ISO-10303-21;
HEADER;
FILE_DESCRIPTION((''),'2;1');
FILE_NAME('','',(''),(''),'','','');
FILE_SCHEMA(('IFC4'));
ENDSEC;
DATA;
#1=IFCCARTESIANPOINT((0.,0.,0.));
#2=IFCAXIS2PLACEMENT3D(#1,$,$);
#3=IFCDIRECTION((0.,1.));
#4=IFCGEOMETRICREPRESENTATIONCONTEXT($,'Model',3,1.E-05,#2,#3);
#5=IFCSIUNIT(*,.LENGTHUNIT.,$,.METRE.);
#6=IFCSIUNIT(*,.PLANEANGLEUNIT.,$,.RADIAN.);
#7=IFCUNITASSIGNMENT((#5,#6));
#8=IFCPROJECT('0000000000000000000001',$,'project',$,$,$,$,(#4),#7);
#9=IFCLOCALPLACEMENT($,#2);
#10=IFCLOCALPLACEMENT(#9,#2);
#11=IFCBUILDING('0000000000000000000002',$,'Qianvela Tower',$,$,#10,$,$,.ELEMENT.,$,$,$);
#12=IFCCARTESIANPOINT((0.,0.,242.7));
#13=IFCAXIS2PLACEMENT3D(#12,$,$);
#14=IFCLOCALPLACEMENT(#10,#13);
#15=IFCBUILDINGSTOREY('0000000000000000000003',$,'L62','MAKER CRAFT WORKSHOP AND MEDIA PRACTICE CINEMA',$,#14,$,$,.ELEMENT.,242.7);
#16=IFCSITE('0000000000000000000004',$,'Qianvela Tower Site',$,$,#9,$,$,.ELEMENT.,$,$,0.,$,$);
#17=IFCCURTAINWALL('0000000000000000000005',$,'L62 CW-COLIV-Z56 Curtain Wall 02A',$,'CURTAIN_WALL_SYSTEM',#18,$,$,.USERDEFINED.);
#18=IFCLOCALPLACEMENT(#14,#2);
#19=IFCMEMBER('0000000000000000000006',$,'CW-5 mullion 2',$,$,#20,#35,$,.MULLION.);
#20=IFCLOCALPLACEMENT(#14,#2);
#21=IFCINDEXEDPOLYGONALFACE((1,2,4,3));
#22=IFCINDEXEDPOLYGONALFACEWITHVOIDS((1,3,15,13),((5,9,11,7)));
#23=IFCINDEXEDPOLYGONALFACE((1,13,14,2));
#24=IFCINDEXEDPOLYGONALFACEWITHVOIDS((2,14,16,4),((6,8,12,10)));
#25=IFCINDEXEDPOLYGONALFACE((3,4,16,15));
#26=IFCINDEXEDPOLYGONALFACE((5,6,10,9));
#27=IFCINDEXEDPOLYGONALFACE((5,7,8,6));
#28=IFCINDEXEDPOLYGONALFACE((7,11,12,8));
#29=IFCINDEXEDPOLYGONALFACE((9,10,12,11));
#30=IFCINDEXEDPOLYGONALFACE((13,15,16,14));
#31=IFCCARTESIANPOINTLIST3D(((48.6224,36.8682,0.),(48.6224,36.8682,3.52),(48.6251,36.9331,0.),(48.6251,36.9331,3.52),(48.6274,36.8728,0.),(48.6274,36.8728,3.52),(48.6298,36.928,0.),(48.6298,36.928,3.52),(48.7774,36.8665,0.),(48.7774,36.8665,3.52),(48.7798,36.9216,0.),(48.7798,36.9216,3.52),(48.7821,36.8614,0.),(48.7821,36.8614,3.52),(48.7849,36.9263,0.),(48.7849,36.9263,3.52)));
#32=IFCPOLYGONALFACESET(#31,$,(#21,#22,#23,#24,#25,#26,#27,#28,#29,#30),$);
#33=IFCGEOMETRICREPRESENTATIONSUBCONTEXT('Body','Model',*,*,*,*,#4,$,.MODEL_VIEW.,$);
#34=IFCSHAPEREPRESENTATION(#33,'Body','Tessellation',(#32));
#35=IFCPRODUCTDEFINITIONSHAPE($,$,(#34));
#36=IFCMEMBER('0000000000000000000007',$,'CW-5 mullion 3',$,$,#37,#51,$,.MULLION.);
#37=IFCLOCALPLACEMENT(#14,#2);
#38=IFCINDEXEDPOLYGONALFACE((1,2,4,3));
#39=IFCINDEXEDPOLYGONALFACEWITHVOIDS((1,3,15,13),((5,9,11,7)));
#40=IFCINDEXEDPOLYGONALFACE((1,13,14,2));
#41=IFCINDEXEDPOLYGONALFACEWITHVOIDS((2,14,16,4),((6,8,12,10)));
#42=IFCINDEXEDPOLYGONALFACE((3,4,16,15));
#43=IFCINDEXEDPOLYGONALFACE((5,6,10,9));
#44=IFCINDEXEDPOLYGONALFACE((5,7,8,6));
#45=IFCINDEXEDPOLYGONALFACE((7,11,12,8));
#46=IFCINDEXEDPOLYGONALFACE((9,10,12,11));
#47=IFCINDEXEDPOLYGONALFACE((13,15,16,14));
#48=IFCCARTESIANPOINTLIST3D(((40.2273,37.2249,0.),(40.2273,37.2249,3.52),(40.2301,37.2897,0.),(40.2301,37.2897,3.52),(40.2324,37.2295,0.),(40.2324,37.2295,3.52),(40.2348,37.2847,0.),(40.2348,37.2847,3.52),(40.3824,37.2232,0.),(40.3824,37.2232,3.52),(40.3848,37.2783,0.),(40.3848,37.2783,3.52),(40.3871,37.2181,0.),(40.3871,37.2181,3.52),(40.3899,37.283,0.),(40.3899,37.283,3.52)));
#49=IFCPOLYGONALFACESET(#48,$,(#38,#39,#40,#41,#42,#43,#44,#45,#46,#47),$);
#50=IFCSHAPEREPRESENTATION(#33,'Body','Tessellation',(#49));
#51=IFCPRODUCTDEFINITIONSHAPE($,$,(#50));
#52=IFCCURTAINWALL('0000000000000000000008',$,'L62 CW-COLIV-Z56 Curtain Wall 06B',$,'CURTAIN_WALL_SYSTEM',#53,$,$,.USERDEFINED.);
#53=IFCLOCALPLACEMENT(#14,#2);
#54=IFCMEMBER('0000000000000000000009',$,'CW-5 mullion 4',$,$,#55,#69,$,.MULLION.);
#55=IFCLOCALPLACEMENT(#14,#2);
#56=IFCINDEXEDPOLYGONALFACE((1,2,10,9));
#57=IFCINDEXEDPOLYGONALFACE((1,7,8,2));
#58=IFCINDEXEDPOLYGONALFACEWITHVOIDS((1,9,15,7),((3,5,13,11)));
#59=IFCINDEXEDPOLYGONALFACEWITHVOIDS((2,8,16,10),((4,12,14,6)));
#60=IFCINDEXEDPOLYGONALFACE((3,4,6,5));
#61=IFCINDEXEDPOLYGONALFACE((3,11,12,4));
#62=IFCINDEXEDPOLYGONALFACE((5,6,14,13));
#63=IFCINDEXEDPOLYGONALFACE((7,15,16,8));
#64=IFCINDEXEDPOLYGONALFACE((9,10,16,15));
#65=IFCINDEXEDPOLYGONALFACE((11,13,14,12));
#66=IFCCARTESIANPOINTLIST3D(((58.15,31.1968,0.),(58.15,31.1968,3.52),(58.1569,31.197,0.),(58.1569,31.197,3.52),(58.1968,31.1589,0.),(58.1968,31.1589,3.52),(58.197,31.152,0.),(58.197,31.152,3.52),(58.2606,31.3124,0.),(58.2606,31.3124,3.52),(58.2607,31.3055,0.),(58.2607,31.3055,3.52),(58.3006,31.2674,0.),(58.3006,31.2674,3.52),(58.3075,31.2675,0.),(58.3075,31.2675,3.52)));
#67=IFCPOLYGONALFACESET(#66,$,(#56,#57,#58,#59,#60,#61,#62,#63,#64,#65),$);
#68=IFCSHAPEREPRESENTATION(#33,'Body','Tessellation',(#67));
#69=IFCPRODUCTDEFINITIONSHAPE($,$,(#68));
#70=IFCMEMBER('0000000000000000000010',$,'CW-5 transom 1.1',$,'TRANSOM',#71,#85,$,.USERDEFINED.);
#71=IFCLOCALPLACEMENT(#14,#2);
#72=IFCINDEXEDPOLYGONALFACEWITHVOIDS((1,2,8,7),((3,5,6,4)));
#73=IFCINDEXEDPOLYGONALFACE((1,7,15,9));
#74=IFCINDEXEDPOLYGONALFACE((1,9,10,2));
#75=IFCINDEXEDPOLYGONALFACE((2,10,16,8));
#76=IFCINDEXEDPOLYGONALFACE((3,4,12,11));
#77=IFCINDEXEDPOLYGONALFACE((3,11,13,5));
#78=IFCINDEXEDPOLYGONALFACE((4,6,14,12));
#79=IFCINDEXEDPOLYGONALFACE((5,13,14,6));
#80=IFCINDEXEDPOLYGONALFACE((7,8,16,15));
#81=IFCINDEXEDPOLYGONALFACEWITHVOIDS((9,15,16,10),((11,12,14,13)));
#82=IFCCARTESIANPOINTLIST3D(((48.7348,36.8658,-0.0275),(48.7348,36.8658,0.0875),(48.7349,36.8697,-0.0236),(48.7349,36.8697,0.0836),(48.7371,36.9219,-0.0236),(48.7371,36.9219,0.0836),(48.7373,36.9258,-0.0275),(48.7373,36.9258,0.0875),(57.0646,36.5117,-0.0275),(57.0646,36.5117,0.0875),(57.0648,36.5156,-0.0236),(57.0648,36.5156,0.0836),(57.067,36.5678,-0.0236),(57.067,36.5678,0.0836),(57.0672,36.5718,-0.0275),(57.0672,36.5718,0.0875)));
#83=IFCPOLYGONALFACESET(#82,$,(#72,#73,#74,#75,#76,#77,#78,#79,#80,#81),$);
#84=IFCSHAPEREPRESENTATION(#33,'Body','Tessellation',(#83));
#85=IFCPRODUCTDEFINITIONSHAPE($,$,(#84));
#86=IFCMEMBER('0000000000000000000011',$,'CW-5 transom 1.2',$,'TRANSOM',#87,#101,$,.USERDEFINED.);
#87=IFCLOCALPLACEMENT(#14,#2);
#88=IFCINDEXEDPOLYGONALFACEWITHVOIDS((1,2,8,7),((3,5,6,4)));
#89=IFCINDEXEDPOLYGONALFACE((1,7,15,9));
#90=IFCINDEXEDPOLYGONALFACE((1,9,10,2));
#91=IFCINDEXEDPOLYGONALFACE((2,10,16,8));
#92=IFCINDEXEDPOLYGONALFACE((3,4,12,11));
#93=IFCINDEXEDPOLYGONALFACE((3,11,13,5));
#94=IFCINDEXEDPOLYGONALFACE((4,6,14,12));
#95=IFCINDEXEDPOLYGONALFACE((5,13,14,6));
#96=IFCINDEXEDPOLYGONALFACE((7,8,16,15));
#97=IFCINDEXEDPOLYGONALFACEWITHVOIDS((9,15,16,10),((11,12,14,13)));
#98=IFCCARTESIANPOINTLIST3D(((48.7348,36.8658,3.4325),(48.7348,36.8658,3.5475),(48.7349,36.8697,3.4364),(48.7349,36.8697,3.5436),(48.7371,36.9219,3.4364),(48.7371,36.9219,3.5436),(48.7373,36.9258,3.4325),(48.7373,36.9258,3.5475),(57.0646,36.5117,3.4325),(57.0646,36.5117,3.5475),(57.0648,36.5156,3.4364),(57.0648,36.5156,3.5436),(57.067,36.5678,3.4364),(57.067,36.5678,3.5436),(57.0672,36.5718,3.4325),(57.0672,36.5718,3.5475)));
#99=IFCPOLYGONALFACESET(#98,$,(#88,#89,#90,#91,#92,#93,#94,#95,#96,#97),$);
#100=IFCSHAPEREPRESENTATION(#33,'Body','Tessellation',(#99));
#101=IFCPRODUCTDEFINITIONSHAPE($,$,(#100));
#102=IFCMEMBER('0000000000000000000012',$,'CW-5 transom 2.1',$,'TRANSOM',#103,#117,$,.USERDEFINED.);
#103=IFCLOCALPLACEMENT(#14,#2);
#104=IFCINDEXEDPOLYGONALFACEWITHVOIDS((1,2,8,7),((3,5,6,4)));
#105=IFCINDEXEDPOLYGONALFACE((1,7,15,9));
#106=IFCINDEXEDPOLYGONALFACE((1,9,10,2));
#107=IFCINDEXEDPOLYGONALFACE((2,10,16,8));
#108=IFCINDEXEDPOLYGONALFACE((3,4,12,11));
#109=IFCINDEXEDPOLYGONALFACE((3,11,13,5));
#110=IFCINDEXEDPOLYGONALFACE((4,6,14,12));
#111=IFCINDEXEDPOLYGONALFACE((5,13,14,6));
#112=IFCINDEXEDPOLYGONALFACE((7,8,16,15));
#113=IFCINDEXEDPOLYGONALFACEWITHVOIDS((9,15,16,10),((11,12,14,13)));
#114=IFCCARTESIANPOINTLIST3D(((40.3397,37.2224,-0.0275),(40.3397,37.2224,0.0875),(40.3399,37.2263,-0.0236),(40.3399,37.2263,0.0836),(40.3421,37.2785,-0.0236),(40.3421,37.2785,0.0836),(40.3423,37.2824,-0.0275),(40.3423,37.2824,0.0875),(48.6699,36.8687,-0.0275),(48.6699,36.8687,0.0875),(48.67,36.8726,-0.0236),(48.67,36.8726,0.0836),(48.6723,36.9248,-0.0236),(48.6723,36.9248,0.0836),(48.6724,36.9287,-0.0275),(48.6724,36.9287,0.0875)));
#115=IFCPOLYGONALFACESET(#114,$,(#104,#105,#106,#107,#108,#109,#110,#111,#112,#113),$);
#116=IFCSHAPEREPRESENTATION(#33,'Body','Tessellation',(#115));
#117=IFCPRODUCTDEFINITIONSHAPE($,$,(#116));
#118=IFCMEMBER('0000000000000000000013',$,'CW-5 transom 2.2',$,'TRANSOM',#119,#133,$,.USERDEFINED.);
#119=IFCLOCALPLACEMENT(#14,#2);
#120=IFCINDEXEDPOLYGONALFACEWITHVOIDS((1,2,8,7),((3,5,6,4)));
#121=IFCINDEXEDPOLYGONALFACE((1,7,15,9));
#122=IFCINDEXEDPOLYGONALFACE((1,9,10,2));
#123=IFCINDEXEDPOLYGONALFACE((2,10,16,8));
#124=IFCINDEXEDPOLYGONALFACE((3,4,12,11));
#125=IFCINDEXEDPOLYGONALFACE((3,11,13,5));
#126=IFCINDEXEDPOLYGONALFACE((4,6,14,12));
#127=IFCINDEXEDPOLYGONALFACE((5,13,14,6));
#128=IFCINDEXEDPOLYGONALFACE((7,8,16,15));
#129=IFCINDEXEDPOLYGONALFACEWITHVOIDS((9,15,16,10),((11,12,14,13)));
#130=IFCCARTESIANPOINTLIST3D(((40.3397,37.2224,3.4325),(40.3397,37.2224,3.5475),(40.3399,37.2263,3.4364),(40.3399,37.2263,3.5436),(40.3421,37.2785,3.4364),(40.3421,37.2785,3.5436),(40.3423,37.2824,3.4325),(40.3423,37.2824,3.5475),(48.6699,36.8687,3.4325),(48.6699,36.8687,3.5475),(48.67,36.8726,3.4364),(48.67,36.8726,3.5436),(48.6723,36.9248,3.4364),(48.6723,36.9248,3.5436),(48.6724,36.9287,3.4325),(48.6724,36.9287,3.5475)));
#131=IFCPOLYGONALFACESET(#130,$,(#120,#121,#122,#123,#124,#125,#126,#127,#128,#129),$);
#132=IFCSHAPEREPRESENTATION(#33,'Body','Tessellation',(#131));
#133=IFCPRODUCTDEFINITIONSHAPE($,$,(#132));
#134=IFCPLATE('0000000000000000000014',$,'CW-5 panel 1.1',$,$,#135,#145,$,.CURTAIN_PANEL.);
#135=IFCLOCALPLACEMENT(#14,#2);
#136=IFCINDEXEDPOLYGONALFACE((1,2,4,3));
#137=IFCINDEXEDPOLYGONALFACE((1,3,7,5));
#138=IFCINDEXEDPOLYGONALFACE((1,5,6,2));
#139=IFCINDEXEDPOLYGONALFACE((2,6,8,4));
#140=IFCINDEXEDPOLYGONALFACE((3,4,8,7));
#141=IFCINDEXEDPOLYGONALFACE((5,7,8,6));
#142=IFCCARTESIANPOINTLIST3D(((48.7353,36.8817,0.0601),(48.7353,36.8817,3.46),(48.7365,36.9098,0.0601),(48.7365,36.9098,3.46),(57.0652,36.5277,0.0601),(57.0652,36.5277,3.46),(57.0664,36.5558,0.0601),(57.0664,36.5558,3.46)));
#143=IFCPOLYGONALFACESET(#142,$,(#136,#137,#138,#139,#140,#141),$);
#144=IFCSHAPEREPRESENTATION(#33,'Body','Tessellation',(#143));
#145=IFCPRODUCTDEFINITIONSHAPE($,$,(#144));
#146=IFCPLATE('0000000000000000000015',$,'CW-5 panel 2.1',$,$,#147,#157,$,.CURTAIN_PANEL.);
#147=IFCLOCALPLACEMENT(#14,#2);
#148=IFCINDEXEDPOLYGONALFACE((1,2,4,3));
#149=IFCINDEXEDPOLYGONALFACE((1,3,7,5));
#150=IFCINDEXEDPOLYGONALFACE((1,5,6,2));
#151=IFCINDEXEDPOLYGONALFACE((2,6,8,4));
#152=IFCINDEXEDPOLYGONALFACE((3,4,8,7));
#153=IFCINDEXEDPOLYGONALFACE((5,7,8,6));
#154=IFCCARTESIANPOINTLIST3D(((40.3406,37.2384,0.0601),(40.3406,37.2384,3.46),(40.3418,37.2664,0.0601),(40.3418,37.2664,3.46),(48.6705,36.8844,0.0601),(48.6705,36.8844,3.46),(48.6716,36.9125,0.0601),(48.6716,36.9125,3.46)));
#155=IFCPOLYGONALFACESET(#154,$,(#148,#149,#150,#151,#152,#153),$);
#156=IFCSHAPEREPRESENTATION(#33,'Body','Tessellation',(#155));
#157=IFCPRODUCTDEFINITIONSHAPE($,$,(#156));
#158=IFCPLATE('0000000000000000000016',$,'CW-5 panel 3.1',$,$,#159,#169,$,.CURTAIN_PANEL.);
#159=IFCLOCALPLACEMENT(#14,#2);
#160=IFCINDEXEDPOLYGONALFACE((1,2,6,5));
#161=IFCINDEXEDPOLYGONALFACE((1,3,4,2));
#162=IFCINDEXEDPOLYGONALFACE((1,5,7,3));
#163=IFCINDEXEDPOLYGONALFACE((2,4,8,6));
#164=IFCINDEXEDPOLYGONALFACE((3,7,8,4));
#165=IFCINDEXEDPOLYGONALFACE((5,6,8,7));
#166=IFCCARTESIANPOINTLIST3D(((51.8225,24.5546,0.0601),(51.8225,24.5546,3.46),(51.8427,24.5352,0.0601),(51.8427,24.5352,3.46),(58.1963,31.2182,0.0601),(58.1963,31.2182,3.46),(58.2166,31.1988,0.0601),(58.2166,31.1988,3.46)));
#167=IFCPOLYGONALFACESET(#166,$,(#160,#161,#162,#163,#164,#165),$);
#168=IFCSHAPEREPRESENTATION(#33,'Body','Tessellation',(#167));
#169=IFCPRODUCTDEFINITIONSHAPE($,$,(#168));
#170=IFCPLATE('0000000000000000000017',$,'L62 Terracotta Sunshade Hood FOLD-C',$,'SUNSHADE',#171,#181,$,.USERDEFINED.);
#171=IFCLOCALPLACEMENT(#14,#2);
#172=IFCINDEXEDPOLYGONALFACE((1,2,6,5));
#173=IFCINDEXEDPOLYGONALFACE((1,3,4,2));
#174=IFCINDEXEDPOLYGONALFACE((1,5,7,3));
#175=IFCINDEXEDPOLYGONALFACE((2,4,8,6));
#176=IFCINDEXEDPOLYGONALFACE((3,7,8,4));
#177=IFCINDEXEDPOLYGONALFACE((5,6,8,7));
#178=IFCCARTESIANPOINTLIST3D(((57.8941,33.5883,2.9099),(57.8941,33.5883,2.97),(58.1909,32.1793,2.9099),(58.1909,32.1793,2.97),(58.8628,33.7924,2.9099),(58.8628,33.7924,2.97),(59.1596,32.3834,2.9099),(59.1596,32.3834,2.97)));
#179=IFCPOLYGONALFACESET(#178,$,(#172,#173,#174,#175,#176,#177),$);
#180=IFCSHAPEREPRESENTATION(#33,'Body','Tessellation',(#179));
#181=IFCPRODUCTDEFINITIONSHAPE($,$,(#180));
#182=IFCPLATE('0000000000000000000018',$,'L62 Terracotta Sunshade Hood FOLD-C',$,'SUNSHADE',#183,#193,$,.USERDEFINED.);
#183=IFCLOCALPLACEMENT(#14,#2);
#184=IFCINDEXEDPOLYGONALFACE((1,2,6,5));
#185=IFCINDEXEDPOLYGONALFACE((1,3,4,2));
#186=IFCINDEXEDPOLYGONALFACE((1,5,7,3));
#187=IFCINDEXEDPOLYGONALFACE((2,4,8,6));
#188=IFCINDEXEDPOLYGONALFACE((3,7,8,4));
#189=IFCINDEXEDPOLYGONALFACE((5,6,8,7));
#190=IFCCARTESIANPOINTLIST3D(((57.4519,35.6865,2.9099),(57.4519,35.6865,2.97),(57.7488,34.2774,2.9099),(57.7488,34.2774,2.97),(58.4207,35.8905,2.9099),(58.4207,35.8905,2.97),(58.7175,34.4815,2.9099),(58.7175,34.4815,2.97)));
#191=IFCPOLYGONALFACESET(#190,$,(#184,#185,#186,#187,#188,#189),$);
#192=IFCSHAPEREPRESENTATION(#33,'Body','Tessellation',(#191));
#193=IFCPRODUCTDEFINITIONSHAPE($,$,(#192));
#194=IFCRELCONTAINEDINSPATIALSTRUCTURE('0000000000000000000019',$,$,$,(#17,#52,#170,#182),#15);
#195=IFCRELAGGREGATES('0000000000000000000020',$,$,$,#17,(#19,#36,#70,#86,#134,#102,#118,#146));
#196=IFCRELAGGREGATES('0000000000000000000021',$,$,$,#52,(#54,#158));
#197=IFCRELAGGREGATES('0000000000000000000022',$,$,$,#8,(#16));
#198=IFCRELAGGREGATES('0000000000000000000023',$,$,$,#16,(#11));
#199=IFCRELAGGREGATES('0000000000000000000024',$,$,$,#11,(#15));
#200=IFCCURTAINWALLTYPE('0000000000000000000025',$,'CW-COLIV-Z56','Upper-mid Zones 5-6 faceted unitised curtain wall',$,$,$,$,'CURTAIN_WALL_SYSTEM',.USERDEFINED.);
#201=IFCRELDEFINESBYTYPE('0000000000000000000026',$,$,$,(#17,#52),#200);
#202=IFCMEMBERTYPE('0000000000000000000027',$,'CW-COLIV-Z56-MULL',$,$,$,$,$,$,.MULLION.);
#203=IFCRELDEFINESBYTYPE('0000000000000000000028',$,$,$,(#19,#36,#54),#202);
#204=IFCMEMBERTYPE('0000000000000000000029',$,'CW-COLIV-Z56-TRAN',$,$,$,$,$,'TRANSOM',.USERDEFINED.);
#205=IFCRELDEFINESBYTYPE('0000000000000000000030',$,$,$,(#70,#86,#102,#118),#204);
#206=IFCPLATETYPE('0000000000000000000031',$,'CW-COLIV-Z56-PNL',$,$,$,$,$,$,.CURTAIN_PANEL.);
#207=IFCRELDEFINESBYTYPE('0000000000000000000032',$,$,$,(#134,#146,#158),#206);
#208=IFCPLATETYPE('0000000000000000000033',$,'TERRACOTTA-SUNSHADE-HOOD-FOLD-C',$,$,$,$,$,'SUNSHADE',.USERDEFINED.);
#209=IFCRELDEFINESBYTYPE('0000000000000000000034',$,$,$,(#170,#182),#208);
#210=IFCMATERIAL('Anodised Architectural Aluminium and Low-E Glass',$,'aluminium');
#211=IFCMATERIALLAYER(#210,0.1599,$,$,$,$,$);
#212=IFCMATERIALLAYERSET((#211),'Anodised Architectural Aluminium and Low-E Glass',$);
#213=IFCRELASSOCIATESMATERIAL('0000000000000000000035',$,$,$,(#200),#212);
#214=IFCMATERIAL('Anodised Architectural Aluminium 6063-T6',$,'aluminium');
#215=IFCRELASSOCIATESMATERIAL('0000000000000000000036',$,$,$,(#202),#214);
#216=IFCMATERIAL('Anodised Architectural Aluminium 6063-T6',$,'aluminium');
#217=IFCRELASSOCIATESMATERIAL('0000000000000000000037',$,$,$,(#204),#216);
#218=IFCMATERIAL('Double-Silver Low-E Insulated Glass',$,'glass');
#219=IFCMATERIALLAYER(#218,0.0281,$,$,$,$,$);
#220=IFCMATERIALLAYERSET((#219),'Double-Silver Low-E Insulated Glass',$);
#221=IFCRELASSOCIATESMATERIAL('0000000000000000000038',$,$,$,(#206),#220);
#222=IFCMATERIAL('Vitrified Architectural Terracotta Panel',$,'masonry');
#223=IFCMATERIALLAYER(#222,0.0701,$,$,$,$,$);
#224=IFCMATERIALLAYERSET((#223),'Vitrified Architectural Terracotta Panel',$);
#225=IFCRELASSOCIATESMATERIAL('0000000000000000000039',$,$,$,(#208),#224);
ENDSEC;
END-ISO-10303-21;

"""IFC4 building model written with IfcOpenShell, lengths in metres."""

from ifc_helpers import new_model, si_unit, direction, frame, origin, origin_2d, place, context, subcontext, project, spatial, rectangle, hollow_rectangle, extrude, material, layer, layer_set, material_profile, profile_set, type_object, element, aggregate, save


model = new_model("IFC4")

# Units and contexts
model_context = context("Model", 3, precision=1e-05, world=origin(), true_north=direction((0.0, 1.0)))
body_context = subcontext(model_context, "Body", "Model", "MODEL_VIEW")
ifc_project = project(units=[si_unit("LENGTHUNIT", "METRE"), si_unit("PLANEANGLEUNIT", "RADIAN")], contexts=[model_context])

# Site, building, storey
site_placement = place(None, origin())
site = spatial("IfcSite", under=ifc_project, at=site_placement, Name="Qianvela Tower Site", CompositionType="ELEMENT", RefElevation=0.0)
building_placement = place(site_placement, origin())
building = spatial("IfcBuilding", under=site, at=building_placement, Name="Qianvela Tower", CompositionType="ELEMENT")
storey_placement = place(building_placement, frame((0.0, 0.0, 242.7)))
storey = spatial("IfcBuildingStorey", under=building, at=storey_placement, Name="L62", Description="MAKER CRAFT WORKSHOP AND MEDIA PRACTICE CINEMA", CompositionType="ELEMENT", Elevation=242.7)

# Curtain wall, members
ifc_material_1 = material(Name="Anodised Architectural Aluminium and Low-E Glass", Category="aluminium")
ifc_layer_1 = layer(ifc_material_1, 0.1599)
ifc_layer_set_1 = layer_set([ifc_layer_1], Name="Anodised Architectural Aluminium and Low-E Glass")
curtain_wall_type_1 = type_object("IfcCurtainWallType", Name="CW-COLIV-Z56", Description="Upper-mid Zones 5-6 faceted unitised curtain wall", ElementType="CURTAIN_WALL_SYSTEM", PredefinedType="USERDEFINED", material=ifc_layer_set_1)
curtain_wall_1_placement = place(storey_placement, origin())
curtain_wall_1 = element("IfcCurtainWall", 1, at=curtain_wall_1_placement, inside=storey, type_object=curtain_wall_type_1, Name="L62 CW-COLIV-Z56 Curtain Wall 02A", ObjectType="CURTAIN_WALL_SYSTEM", PredefinedType="USERDEFINED")
ifc_material_2 = material(Name="Anodised Architectural Aluminium 6063-T6", Category="aluminium")
ifc_material_profile_1 = material_profile(ifc_material_2, hollow_rectangle(XDim=0.0649, YDim=0.1599, WallThickness=0.0049, at=origin_2d()), Name="ALU-MULL-65x160")
ifc_profile_set_1 = profile_set([ifc_material_profile_1], Name="Anodised Architectural Aluminium 6063-T6")
member_type_1 = type_object("IfcMemberType", Name="CW-COLIV-Z56-MULL", PredefinedType="MULLION", material=ifc_profile_set_1)
member_1_placement = place(storey_placement, frame((48.7036, 36.8972, 0.0), z_axis=(0.0, 0.0, 1.0), x_axis=(-0.042454, -0.999098, 0.0)))
member_1 = element("IfcMember", 2, at=member_1_placement, type_object=member_type_1, Name="CW-5 mullion 2", PredefinedType="MULLION", context=body_context, shape_type="SweptSolid", body=[
    extrude(hollow_rectangle(XDim=0.0649, YDim=0.1599, WallThickness=0.0049, at=origin_2d()), origin(), (0.0, 0.0, 1.0), 3.52),
])
member_2_placement = place(storey_placement, frame((40.3086, 37.2539, 0.0), z_axis=(0.0, 0.0, 1.0), x_axis=(-0.042454, -0.999098, 0.0)))
member_2 = element("IfcMember", 3, at=member_2_placement, type_object=member_type_1, Name="CW-5 mullion 3", PredefinedType="MULLION", context=body_context, shape_type="SweptSolid", body=[
    extrude(hollow_rectangle(XDim=0.0649, YDim=0.1599, WallThickness=0.0049, at=origin_2d()), origin(), (0.0, 0.0, 1.0), 3.52),
])

# Curtain wall, member
curtain_wall_2_placement = place(storey_placement, origin())
curtain_wall_2 = element("IfcCurtainWall", 4, at=curtain_wall_2_placement, inside=storey, type_object=curtain_wall_type_1, Name="L62 CW-COLIV-Z56 Curtain Wall 06B", ObjectType="CURTAIN_WALL_SYSTEM", PredefinedType="USERDEFINED")
member_3_placement = place(storey_placement, frame((58.2288, 31.2322, 0.0), z_axis=(0.0, 0.0, 1.0), x_axis=(-0.722644, 0.69122, 0.0)))
member_3 = element("IfcMember", 5, at=member_3_placement, type_object=member_type_1, Name="CW-5 mullion 4", PredefinedType="MULLION", context=body_context, shape_type="SweptSolid", body=[
    extrude(hollow_rectangle(XDim=0.0649, YDim=0.1599, WallThickness=0.0049, at=origin_2d()), origin(), (0.0, 0.0, 1.0), 3.52),
])

# Members
ifc_material_3 = material(Name="Anodised Architectural Aluminium 6063-T6", Category="aluminium")
ifc_material_profile_2 = material_profile(ifc_material_3, hollow_rectangle(XDim=0.0601, YDim=0.115, WallThickness=0.0039, at=origin_2d()), Name="ALU-TRAN-60x115")
ifc_profile_set_2 = profile_set([ifc_material_profile_2], Name="Anodised Architectural Aluminium 6063-T6")
member_type_2 = type_object("IfcMemberType", Name="CW-COLIV-Z56-TRAN", ElementType="TRANSOM", PredefinedType="USERDEFINED", material=ifc_profile_set_2)
member_4_placement = place(storey_placement, frame((57.0659, 36.5417, 0.03), z_axis=(-0.999098, 0.04246, 0.0), x_axis=(-0.04246, -0.999098, 0.0)))
member_4 = element("IfcMember", 6, at=member_4_placement, type_object=member_type_2, Name="CW-5 transom 1.1", ObjectType="TRANSOM", PredefinedType="USERDEFINED", context=body_context, shape_type="SweptSolid", body=[
    extrude(hollow_rectangle(XDim=0.0601, YDim=0.115, WallThickness=0.0039, at=origin_2d()), origin(), (0.0, 0.0, 1.0), 8.3374),
])
member_5_placement = place(storey_placement, frame((57.0659, 36.5417, 3.49), z_axis=(-0.999098, 0.04246, 0.0), x_axis=(-0.04246, -0.999098, 0.0)))
member_5 = element("IfcMember", 7, at=member_5_placement, type_object=member_type_2, Name="CW-5 transom 1.2", ObjectType="TRANSOM", PredefinedType="USERDEFINED", context=body_context, shape_type="SweptSolid", body=[
    extrude(hollow_rectangle(XDim=0.0601, YDim=0.115, WallThickness=0.0039, at=origin_2d()), origin(), (0.0, 0.0, 1.0), 8.3374),
])
member_6_placement = place(storey_placement, frame((48.6711, 36.8987, 0.03), z_axis=(-0.999099, 0.04243, 0.0), x_axis=(-0.04243, -0.999099, 0.0)))
member_6 = element("IfcMember", 8, at=member_6_placement, type_object=member_type_2, Name="CW-5 transom 2.1", ObjectType="TRANSOM", PredefinedType="USERDEFINED", context=body_context, shape_type="SweptSolid", body=[
    extrude(hollow_rectangle(XDim=0.0601, YDim=0.115, WallThickness=0.0039, at=origin_2d()), origin(), (0.0, 0.0, 1.0), 8.3376),
])
member_7_placement = place(storey_placement, frame((48.6711, 36.8987, 3.49), z_axis=(-0.999099, 0.04243, 0.0), x_axis=(-0.04243, -0.999099, 0.0)))
member_7 = element("IfcMember", 9, at=member_7_placement, type_object=member_type_2, Name="CW-5 transom 2.2", ObjectType="TRANSOM", PredefinedType="USERDEFINED", context=body_context, shape_type="SweptSolid", body=[
    extrude(hollow_rectangle(XDim=0.0601, YDim=0.115, WallThickness=0.0039, at=origin_2d()), origin(), (0.0, 0.0, 1.0), 8.3376),
])

# Plates
ifc_material_4 = material(Name="Double-Silver Low-E Insulated Glass", Category="glass")
ifc_layer_2 = layer(ifc_material_4, 0.0281)
ifc_layer_set_2 = layer_set([ifc_layer_2], Name="Double-Silver Low-E Insulated Glass")
plate_type_1 = type_object("IfcPlateType", Name="CW-COLIV-Z56-PNL", PredefinedType="CURTAIN_PANEL", material=ifc_layer_set_2)
plate_1_placement = place(storey_placement, frame((52.9009, 36.7188, 0.0601), z_axis=(0.0, 0.0, 1.0), x_axis=(-0.999098, 0.042454, 0.0)))
plate_1 = element("IfcPlate", 10, at=plate_1_placement, type_object=plate_type_1, Name="CW-5 panel 1.1", PredefinedType="CURTAIN_PANEL", context=body_context, shape_type="SweptSolid", body=[
    extrude(rectangle(XDim=8.3374, YDim=0.0281, at=origin_2d()), origin(), (0.0, 0.0, 1.0), 3.3999),
])
plate_2_placement = place(storey_placement, frame((44.5061, 37.0754, 0.0601), z_axis=(0.0, 0.0, 1.0), x_axis=(-0.999098, 0.042454, 0.0)))
plate_2 = element("IfcPlate", 11, at=plate_2_placement, type_object=plate_type_1, Name="CW-5 panel 2.1", PredefinedType="CURTAIN_PANEL", context=body_context, shape_type="SweptSolid", body=[
    extrude(rectangle(XDim=8.3374, YDim=0.0281, at=origin_2d()), origin(), (0.0, 0.0, 1.0), 3.3999),
])
aggregate(curtain_wall_1, [member_1, member_2, member_4, member_5, plate_1, member_6, member_7, plate_2])
plate_3_placement = place(storey_placement, frame((55.0195, 27.8767, 0.0601), z_axis=(0.0, 0.0, 1.0), x_axis=(0.69122, 0.722644, 0.0)))
plate_3 = element("IfcPlate", 12, at=plate_3_placement, type_object=plate_type_1, Name="CW-5 panel 3.1", PredefinedType="CURTAIN_PANEL", context=body_context, shape_type="SweptSolid", body=[
    extrude(rectangle(XDim=9.2212, YDim=0.0281, at=origin_2d()), origin(), (0.0, 0.0, 1.0), 3.3999),
])
aggregate(curtain_wall_2, [member_3, plate_3])

# Plates
ifc_material_5 = material(Name="Vitrified Architectural Terracotta Panel", Category="masonry")
ifc_layer_3 = layer(ifc_material_5, 0.0701)
ifc_layer_set_3 = layer_set([ifc_layer_3], Name="Vitrified Architectural Terracotta Panel")
plate_type_2 = type_object("IfcPlateType", Name="TERRACOTTA-SUNSHADE-HOOD-FOLD-C", ElementType="SUNSHADE", PredefinedType="USERDEFINED", material=ifc_layer_set_3)
for number, where, z_axis, x_axis, name in (
    (13, (58.5269, 32.9858, 2.9099), (0.0, 0.0, 1.0), (-0.206141, 0.978522, 0.0), "L62 Terracotta Sunshade Hood FOLD-C"),
    (14, (58.0847, 35.084, 2.9099), (0.0, 0.0, 1.0), (-0.206141, 0.978522, 0.0), "L62 Terracotta Sunshade Hood FOLD-C"),
):
    element("IfcPlate", number, at=place(storey_placement, frame(where, z_axis=z_axis, x_axis=x_axis)), inside=storey, type_object=plate_type_2, Name=name, ObjectType="SUNSHADE", PredefinedType="USERDEFINED", context=body_context, shape_type="SweptSolid", body=[
        extrude(rectangle(XDim=1.4399, YDim=0.99, at=origin_2d()), origin(), (0.0, 0.0, 1.0), 0.0601),
    ])

save(model, "model.ifc")
